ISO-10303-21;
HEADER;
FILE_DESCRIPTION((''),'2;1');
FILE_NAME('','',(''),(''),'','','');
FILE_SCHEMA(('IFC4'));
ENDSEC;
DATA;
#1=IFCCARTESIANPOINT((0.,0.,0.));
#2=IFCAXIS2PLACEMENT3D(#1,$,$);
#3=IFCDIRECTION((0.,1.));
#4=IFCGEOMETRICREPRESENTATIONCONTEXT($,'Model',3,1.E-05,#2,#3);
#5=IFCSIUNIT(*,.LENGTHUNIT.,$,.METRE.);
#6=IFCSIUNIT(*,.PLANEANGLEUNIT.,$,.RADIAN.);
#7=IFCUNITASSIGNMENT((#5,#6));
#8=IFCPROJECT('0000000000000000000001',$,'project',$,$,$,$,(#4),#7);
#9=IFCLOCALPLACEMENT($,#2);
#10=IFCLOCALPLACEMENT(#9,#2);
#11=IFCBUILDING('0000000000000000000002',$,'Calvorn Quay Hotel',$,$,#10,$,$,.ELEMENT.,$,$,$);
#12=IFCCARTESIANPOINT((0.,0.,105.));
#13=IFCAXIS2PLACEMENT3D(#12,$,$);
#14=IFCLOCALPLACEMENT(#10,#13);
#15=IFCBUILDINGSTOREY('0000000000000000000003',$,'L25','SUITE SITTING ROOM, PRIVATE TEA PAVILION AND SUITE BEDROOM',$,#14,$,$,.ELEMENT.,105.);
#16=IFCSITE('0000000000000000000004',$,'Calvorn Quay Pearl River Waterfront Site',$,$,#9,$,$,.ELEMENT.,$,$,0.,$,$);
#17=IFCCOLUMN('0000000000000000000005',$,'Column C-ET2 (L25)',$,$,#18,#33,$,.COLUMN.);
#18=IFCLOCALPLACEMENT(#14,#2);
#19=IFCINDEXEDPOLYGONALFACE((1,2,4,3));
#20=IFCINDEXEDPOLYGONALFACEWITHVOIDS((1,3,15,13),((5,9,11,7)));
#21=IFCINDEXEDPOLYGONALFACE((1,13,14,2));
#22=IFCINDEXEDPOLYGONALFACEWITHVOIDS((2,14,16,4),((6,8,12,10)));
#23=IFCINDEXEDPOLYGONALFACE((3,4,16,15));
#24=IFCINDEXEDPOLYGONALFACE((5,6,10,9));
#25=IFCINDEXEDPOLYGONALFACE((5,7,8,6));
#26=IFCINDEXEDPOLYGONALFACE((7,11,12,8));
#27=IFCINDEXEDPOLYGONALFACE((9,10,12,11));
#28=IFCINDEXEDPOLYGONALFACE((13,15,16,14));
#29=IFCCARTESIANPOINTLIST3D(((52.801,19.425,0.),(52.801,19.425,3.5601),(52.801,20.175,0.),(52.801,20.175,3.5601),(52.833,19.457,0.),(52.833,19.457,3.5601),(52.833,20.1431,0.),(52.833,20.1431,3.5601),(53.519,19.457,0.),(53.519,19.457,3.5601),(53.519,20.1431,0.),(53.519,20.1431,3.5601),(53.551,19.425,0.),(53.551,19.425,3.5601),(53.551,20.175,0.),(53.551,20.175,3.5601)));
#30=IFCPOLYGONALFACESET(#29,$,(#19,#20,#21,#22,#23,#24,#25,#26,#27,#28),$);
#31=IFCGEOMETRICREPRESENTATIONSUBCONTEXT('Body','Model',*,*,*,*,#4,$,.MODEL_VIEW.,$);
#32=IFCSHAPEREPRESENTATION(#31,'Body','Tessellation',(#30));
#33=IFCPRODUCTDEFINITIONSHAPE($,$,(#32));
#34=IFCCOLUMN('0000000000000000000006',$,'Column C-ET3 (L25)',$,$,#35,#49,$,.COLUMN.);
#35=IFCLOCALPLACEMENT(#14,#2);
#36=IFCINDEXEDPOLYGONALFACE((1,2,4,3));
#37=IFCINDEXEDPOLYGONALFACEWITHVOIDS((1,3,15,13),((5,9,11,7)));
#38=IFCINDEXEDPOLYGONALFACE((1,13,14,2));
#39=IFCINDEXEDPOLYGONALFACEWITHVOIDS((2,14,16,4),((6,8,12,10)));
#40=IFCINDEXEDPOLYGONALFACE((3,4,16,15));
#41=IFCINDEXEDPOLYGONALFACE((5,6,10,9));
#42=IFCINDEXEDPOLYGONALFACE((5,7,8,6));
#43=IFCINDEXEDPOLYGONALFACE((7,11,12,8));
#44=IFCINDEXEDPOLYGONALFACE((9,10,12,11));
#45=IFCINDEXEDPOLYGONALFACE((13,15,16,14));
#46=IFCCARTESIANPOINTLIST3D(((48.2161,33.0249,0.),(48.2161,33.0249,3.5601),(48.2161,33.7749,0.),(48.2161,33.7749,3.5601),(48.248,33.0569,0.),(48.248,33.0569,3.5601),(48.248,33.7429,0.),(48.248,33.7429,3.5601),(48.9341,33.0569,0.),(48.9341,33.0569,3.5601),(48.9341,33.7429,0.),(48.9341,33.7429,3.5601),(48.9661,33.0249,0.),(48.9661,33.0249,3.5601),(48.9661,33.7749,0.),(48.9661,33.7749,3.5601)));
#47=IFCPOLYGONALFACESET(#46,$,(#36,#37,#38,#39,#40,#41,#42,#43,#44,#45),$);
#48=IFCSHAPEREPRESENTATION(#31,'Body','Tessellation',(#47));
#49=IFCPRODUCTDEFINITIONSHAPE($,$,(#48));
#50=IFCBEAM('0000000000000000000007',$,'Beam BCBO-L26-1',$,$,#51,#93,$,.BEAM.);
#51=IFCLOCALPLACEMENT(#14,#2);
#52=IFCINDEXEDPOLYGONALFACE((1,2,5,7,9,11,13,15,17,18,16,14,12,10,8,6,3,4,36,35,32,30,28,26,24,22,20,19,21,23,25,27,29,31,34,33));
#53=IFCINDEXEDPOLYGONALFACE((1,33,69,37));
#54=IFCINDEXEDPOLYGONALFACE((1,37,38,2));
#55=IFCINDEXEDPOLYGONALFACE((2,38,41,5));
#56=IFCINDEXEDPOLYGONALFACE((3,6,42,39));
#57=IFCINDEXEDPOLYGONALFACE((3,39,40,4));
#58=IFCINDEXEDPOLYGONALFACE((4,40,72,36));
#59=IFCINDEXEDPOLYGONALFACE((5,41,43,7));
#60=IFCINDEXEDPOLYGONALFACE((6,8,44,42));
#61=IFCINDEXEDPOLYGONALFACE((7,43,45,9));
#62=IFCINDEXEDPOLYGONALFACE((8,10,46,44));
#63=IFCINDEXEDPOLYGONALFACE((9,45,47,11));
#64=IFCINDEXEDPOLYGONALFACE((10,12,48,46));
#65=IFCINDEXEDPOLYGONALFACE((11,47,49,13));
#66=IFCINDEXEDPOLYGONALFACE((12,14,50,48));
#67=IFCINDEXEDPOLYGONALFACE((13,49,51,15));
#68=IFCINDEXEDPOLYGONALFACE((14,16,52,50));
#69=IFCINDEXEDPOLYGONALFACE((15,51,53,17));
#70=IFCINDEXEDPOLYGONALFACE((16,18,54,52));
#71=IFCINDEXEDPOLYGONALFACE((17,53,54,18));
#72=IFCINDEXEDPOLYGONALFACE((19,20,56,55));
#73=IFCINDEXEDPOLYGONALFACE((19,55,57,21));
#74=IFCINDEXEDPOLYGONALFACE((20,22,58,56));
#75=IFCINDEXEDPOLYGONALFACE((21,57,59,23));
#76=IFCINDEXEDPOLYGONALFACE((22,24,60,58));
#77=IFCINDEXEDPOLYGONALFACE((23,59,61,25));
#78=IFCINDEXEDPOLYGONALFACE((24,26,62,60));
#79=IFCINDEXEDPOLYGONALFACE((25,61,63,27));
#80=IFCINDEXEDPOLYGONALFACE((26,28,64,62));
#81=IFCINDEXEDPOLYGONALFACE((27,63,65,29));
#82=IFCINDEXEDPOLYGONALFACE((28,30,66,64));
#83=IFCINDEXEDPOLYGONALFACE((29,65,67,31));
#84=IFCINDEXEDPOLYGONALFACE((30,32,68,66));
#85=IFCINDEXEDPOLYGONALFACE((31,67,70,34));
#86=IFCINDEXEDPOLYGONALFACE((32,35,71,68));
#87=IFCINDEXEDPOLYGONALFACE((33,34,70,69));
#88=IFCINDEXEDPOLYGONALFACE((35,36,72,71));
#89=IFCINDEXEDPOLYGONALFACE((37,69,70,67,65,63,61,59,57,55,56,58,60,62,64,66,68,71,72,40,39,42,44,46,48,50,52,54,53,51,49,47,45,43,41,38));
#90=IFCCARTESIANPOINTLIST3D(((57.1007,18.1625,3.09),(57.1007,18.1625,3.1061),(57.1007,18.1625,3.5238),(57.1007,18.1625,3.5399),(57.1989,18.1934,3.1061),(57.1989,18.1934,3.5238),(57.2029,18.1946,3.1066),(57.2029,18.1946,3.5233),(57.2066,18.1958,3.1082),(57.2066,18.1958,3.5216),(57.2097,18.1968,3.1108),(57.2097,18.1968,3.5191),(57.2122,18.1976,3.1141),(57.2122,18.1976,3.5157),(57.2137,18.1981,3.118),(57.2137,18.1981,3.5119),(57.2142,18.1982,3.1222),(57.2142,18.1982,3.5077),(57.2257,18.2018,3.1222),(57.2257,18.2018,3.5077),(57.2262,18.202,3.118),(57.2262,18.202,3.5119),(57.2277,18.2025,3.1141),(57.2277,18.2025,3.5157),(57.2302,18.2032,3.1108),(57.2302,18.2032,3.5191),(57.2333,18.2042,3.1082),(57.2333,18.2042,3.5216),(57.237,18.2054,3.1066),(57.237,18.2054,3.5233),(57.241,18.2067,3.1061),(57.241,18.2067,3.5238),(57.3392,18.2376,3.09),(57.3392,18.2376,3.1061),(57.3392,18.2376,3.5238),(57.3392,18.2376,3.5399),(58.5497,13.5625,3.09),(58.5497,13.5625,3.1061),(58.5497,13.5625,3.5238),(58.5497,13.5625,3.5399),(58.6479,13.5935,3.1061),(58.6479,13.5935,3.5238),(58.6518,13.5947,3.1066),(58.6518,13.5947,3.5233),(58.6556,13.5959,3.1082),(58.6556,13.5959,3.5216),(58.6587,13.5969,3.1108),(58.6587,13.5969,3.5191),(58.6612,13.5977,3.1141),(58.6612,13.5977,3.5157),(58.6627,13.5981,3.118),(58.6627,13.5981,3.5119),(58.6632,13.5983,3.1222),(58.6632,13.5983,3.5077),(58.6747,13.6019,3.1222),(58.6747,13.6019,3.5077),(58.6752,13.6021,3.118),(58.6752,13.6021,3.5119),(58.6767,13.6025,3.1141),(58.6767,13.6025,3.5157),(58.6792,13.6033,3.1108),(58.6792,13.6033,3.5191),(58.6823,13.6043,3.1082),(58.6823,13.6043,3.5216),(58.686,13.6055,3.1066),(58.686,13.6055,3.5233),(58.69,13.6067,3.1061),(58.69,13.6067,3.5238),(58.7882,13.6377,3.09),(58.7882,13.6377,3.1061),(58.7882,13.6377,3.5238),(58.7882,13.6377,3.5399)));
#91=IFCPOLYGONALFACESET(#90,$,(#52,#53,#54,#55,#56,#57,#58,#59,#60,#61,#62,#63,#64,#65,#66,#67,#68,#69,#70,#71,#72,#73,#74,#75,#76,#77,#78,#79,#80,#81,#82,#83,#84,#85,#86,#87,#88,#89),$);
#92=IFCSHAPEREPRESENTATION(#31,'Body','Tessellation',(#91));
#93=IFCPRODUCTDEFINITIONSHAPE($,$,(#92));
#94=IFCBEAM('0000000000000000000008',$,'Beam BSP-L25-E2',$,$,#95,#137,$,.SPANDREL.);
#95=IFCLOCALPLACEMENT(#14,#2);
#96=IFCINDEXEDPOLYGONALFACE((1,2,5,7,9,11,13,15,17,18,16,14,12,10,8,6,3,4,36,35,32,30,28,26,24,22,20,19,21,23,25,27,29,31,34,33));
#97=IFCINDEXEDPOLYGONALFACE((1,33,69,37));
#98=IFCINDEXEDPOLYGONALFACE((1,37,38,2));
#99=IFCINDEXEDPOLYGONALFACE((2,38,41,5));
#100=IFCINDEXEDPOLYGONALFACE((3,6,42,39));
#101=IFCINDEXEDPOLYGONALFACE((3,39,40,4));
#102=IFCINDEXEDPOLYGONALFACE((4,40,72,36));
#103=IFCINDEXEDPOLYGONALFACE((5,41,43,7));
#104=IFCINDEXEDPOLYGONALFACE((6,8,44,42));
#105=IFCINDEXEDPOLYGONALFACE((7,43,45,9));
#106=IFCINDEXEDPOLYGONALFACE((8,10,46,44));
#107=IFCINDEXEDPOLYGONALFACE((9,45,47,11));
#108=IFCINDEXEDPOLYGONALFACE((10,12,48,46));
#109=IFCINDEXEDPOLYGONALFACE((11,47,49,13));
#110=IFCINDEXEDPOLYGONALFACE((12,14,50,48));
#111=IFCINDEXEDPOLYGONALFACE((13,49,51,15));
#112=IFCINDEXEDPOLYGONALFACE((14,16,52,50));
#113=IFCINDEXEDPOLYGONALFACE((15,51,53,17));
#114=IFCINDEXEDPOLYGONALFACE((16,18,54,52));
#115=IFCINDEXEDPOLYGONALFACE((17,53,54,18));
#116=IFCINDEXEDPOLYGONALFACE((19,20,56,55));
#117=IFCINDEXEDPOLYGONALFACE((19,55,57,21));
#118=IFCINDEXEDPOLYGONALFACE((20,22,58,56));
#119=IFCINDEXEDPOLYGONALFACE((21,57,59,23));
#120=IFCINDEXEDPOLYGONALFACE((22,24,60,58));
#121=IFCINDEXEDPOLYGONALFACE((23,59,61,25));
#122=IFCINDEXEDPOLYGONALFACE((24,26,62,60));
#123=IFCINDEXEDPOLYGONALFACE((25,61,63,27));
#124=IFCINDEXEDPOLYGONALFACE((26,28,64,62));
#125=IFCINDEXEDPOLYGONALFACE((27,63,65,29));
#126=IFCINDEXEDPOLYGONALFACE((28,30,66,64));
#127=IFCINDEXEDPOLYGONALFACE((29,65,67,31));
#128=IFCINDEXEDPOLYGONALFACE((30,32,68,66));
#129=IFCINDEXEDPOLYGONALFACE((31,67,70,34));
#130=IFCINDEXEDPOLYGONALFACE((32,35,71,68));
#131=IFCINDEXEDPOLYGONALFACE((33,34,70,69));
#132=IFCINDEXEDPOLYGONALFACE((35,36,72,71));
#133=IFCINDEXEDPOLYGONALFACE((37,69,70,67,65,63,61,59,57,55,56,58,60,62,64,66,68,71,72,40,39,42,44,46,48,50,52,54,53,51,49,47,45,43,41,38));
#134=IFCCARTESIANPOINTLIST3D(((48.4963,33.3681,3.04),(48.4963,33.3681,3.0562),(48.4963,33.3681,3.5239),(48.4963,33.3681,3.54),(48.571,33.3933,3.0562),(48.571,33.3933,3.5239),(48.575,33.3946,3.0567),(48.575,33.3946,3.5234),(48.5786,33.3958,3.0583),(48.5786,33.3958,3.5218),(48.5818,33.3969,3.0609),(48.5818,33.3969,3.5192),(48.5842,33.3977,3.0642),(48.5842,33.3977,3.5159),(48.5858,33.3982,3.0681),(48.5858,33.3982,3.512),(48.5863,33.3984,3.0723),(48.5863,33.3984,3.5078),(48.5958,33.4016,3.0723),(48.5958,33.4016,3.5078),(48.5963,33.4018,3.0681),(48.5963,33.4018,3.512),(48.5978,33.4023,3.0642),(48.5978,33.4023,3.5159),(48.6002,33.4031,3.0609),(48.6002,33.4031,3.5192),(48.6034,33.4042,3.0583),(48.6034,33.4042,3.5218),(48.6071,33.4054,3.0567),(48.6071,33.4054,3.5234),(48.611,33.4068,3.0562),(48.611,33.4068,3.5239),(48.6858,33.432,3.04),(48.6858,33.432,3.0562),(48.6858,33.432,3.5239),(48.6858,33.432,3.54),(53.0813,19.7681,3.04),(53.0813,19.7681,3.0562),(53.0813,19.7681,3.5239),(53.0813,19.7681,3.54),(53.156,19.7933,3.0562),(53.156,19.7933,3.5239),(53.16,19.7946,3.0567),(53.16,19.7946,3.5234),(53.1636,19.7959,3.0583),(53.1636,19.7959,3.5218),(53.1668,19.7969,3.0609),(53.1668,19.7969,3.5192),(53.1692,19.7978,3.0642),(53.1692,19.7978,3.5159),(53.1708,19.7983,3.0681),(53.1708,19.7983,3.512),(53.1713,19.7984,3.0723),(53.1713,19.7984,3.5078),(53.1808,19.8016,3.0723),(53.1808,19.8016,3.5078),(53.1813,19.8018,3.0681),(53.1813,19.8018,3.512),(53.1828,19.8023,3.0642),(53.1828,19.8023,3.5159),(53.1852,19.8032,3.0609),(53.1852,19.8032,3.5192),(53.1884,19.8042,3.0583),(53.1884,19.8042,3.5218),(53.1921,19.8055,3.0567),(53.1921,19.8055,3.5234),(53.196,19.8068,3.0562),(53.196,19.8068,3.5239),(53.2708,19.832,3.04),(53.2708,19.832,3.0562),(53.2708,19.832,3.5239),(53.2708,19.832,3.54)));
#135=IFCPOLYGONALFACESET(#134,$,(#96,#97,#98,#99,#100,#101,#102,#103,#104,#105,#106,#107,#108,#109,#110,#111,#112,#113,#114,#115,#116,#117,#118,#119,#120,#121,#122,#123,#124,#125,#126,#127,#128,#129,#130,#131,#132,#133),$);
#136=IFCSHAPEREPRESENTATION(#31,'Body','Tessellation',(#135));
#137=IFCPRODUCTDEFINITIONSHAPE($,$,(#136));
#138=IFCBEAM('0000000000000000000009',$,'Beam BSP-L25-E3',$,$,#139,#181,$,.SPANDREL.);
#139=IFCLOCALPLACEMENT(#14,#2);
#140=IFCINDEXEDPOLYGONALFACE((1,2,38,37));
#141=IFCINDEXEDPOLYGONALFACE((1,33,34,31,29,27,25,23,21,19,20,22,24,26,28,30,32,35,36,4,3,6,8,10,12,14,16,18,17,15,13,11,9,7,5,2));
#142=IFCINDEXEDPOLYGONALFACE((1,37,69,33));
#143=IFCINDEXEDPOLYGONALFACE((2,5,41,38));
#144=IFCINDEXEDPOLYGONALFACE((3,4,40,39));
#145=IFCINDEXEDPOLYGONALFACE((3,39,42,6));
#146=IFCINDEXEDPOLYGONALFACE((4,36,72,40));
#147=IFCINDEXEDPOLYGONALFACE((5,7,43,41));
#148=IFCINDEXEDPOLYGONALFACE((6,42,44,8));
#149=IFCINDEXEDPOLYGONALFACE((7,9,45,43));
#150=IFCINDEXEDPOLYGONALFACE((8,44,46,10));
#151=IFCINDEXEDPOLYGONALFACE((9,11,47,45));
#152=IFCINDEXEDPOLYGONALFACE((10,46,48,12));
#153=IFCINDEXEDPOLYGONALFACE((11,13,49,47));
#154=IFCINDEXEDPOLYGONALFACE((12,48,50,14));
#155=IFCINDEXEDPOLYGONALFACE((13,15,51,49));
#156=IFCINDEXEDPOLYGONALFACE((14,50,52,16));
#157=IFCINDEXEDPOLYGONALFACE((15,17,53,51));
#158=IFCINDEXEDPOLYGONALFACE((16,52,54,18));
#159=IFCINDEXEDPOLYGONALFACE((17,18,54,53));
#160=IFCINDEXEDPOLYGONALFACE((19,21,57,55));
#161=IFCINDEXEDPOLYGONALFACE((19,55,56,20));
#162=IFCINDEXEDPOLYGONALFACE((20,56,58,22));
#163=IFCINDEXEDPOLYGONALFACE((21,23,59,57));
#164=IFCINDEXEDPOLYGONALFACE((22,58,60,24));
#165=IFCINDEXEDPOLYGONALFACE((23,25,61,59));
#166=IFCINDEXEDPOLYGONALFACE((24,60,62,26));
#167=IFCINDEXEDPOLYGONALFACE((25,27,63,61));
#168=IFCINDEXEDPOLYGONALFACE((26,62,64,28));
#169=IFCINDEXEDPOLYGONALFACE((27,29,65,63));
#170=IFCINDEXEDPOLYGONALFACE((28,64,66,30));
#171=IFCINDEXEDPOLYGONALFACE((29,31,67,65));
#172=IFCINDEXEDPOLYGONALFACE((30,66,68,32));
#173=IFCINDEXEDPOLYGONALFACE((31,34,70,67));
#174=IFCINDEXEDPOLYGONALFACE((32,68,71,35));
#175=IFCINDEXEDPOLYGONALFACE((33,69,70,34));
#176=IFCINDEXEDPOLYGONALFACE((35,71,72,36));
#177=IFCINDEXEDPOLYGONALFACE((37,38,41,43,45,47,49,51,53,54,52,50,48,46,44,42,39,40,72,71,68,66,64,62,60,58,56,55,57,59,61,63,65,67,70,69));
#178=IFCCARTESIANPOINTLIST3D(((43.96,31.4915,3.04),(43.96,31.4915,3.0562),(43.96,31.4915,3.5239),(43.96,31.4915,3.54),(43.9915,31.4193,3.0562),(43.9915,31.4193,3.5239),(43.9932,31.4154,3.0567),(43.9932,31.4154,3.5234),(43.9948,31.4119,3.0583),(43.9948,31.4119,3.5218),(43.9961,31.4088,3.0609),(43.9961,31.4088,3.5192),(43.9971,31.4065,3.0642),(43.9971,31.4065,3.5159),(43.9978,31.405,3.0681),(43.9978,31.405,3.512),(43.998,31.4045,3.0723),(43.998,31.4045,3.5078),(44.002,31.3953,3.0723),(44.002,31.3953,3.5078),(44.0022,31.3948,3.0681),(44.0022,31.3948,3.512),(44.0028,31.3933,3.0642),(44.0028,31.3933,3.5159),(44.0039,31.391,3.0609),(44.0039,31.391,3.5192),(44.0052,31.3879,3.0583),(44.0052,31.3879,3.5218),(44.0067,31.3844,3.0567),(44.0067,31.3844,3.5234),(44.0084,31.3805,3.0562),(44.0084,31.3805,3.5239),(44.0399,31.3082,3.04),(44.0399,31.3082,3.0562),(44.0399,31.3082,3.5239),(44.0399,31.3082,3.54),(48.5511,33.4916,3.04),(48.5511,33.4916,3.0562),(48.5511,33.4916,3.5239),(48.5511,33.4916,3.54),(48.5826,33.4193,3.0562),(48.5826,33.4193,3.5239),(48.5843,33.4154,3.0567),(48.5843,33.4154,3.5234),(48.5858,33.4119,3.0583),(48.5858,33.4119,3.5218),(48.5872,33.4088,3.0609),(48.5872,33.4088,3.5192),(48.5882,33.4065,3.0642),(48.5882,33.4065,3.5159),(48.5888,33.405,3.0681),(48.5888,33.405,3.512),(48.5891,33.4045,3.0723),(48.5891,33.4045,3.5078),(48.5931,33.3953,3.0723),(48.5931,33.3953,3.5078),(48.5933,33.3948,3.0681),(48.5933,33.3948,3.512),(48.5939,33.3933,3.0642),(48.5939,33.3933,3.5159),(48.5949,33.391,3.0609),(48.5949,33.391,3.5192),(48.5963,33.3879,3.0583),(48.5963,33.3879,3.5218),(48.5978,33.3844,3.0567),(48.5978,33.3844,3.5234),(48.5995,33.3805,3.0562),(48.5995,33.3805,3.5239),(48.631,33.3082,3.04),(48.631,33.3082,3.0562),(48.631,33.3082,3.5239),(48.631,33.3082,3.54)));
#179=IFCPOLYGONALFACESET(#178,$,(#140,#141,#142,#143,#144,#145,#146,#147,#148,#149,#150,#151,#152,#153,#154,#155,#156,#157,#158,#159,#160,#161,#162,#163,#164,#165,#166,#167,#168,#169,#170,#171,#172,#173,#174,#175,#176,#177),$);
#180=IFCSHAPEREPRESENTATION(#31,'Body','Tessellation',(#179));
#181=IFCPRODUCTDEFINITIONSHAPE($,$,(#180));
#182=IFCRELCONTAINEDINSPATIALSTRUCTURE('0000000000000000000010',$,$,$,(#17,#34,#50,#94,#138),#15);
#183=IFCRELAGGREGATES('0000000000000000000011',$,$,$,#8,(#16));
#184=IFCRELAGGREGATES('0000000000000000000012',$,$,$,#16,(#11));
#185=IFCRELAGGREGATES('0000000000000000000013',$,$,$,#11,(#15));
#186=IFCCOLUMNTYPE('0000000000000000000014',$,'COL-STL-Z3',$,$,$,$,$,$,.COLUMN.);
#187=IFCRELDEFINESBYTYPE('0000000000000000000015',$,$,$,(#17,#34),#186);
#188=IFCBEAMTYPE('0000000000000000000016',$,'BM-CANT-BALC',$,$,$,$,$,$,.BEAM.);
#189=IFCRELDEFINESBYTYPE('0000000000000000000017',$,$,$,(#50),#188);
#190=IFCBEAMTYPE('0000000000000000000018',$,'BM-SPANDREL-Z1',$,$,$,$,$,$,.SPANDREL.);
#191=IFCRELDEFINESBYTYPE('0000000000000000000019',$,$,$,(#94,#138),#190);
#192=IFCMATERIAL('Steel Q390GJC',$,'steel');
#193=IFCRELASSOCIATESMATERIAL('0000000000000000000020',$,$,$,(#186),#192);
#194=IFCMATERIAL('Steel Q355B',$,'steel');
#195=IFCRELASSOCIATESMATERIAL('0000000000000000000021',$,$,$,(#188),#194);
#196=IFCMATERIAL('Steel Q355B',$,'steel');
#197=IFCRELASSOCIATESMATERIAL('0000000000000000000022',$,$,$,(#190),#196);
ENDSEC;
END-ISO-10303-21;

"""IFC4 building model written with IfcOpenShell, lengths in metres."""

from ifc_helpers import new_model, si_unit, direction, frame, origin, origin_2d, place, context, subcontext, project, spatial, hollow_rectangle, i_section, extrude, material, material_profile, profile_set, type_object, element, save


model = new_model("IFC4")

# Units and contexts
model_context = context("Model", 3, precision=1e-05, world=origin(), true_north=direction((0.0, 1.0)))
body_context = subcontext(model_context, "Body", "Model", "MODEL_VIEW")
ifc_project = project(units=[si_unit("LENGTHUNIT", "METRE"), si_unit("PLANEANGLEUNIT", "RADIAN")], contexts=[model_context])

# Site, building, storey
site_placement = place(None, origin())
site = spatial("IfcSite", under=ifc_project, at=site_placement, Name="Calvorn Quay Pearl River Waterfront Site", CompositionType="ELEMENT", RefElevation=0.0)
building_placement = place(site_placement, origin())
building = spatial("IfcBuilding", under=site, at=building_placement, Name="Calvorn Quay Hotel", CompositionType="ELEMENT")
storey_placement = place(building_placement, frame((0.0, 0.0, 105.0)))
storey = spatial("IfcBuildingStorey", under=building, at=storey_placement, Name="L25", Description="SUITE SITTING ROOM, PRIVATE TEA PAVILION AND SUITE BEDROOM", CompositionType="ELEMENT", Elevation=105.0)

# Columns
ifc_material_1 = material(Name="Steel Q390GJC", Category="steel")
ifc_material_profile_1 = material_profile(ifc_material_1, hollow_rectangle(XDim=0.75, YDim=0.75, WallThickness=0.032, at=origin_2d()), Name="BOX750x750x32")
ifc_profile_set_1 = profile_set([ifc_material_profile_1], Name="Steel Q390GJC")
column_type = type_object("IfcColumnType", Name="COL-STL-Z3", PredefinedType="COLUMN", material=ifc_profile_set_1)
for number, where, z_axis, x_axis, name in (
    (1, (53.176, 19.8, 0.0), (0.0, 0.0, 1.0), (1.0, 0.0, 0.0), "Column C-ET2 (L25)"),
    (2, (48.5911, 33.3999, 0.0), (0.0, 0.0, 1.0), (1.0, 0.0, 0.0), "Column C-ET3 (L25)"),
):
    element("IfcColumn", number, at=place(storey_placement, frame(where, z_axis=z_axis, x_axis=x_axis)), inside=storey, type_object=column_type, Name=name, PredefinedType="COLUMN", context=body_context, shape_type="SweptSolid", body=[
        extrude(hollow_rectangle(XDim=0.75, YDim=0.75, WallThickness=0.032, at=origin_2d()), origin(), (0.0, 0.0, 1.0), 3.5601),
    ])

# Beams
ifc_material_2 = material(Name="Steel Q355B", Category="steel")
ifc_material_profile_2 = material_profile(ifc_material_2, i_section(OverallWidth=0.25, OverallDepth=0.45, WebThickness=0.012, FlangeThickness=0.0161, FilletRadius=0.0161, at=origin_2d()), Name="HN450x250x12x16")
ifc_profile_set_2 = profile_set([ifc_material_profile_2], Name="Steel Q355B")
beam_type_1 = type_object("IfcBeamType", Name="BM-CANT-BALC", PredefinedType="BEAM", material=ifc_profile_set_2)
beam_1_placement = place(storey_placement, frame((58.6689, 13.6001, 3.3149), z_axis=(-0.30045, 0.953797, 0.0), x_axis=(-0.953797, -0.30045, 0.0)))
element("IfcBeam", 3, at=beam_1_placement, inside=storey, type_object=beam_type_1, Name="Beam BCBO-L26-1", PredefinedType="BEAM", context=body_context, shape_type="SweptSolid", body=[
    extrude(i_section(OverallWidth=0.25, OverallDepth=0.45, WebThickness=0.012, FlangeThickness=0.0161, FilletRadius=0.0161, at=origin_2d()), origin(), (0.0, 0.0, 1.0), 4.8228),
])
ifc_material_3 = material(Name="Steel Q355B", Category="steel")
ifc_material_profile_3 = material_profile(ifc_material_3, i_section(OverallWidth=0.2, OverallDepth=0.5, WebThickness=0.01, FlangeThickness=0.0161, FilletRadius=0.0161, at=origin_2d()), Name="HN500x200x10x16")
ifc_profile_set_3 = profile_set([ifc_material_profile_3], Name="Steel Q355B")
beam_type_2 = type_object("IfcBeamType", Name="BM-SPANDREL-Z1", PredefinedType="SPANDREL", material=ifc_profile_set_3)
beam_2_placement = place(storey_placement, frame((53.176, 19.8, 3.29), z_axis=(-0.319467, 0.947598, 0.0), x_axis=(-0.947598, -0.319467, 0.0)))
element("IfcBeam", 4, at=beam_2_placement, inside=storey, type_object=beam_type_2, Name="Beam BSP-L25-E2", PredefinedType="SPANDREL", context=body_context, shape_type="SweptSolid", body=[
    extrude(i_section(OverallWidth=0.2, OverallDepth=0.5, WebThickness=0.01, FlangeThickness=0.0161, FilletRadius=0.0161, at=origin_2d()), origin(), (0.0, 0.0, 1.0), 14.3521),
])
beam_3_placement = place(storey_placement, frame((48.5911, 33.3999, 3.29), z_axis=(-0.916786, -0.399378, 0.0), x_axis=(0.399378, -0.916786, 0.0)))
element("IfcBeam", 5, at=beam_3_placement, inside=storey, type_object=beam_type_2, Name="Beam BSP-L25-E3", PredefinedType="SPANDREL", context=body_context, shape_type="SweptSolid", body=[
    extrude(i_section(OverallWidth=0.2, OverallDepth=0.5, WebThickness=0.01, FlangeThickness=0.0161, FilletRadius=0.0161, at=origin_2d()), origin(), (0.0, 0.0, 1.0), 5.0078),
])

save(model, "model.ifc")
